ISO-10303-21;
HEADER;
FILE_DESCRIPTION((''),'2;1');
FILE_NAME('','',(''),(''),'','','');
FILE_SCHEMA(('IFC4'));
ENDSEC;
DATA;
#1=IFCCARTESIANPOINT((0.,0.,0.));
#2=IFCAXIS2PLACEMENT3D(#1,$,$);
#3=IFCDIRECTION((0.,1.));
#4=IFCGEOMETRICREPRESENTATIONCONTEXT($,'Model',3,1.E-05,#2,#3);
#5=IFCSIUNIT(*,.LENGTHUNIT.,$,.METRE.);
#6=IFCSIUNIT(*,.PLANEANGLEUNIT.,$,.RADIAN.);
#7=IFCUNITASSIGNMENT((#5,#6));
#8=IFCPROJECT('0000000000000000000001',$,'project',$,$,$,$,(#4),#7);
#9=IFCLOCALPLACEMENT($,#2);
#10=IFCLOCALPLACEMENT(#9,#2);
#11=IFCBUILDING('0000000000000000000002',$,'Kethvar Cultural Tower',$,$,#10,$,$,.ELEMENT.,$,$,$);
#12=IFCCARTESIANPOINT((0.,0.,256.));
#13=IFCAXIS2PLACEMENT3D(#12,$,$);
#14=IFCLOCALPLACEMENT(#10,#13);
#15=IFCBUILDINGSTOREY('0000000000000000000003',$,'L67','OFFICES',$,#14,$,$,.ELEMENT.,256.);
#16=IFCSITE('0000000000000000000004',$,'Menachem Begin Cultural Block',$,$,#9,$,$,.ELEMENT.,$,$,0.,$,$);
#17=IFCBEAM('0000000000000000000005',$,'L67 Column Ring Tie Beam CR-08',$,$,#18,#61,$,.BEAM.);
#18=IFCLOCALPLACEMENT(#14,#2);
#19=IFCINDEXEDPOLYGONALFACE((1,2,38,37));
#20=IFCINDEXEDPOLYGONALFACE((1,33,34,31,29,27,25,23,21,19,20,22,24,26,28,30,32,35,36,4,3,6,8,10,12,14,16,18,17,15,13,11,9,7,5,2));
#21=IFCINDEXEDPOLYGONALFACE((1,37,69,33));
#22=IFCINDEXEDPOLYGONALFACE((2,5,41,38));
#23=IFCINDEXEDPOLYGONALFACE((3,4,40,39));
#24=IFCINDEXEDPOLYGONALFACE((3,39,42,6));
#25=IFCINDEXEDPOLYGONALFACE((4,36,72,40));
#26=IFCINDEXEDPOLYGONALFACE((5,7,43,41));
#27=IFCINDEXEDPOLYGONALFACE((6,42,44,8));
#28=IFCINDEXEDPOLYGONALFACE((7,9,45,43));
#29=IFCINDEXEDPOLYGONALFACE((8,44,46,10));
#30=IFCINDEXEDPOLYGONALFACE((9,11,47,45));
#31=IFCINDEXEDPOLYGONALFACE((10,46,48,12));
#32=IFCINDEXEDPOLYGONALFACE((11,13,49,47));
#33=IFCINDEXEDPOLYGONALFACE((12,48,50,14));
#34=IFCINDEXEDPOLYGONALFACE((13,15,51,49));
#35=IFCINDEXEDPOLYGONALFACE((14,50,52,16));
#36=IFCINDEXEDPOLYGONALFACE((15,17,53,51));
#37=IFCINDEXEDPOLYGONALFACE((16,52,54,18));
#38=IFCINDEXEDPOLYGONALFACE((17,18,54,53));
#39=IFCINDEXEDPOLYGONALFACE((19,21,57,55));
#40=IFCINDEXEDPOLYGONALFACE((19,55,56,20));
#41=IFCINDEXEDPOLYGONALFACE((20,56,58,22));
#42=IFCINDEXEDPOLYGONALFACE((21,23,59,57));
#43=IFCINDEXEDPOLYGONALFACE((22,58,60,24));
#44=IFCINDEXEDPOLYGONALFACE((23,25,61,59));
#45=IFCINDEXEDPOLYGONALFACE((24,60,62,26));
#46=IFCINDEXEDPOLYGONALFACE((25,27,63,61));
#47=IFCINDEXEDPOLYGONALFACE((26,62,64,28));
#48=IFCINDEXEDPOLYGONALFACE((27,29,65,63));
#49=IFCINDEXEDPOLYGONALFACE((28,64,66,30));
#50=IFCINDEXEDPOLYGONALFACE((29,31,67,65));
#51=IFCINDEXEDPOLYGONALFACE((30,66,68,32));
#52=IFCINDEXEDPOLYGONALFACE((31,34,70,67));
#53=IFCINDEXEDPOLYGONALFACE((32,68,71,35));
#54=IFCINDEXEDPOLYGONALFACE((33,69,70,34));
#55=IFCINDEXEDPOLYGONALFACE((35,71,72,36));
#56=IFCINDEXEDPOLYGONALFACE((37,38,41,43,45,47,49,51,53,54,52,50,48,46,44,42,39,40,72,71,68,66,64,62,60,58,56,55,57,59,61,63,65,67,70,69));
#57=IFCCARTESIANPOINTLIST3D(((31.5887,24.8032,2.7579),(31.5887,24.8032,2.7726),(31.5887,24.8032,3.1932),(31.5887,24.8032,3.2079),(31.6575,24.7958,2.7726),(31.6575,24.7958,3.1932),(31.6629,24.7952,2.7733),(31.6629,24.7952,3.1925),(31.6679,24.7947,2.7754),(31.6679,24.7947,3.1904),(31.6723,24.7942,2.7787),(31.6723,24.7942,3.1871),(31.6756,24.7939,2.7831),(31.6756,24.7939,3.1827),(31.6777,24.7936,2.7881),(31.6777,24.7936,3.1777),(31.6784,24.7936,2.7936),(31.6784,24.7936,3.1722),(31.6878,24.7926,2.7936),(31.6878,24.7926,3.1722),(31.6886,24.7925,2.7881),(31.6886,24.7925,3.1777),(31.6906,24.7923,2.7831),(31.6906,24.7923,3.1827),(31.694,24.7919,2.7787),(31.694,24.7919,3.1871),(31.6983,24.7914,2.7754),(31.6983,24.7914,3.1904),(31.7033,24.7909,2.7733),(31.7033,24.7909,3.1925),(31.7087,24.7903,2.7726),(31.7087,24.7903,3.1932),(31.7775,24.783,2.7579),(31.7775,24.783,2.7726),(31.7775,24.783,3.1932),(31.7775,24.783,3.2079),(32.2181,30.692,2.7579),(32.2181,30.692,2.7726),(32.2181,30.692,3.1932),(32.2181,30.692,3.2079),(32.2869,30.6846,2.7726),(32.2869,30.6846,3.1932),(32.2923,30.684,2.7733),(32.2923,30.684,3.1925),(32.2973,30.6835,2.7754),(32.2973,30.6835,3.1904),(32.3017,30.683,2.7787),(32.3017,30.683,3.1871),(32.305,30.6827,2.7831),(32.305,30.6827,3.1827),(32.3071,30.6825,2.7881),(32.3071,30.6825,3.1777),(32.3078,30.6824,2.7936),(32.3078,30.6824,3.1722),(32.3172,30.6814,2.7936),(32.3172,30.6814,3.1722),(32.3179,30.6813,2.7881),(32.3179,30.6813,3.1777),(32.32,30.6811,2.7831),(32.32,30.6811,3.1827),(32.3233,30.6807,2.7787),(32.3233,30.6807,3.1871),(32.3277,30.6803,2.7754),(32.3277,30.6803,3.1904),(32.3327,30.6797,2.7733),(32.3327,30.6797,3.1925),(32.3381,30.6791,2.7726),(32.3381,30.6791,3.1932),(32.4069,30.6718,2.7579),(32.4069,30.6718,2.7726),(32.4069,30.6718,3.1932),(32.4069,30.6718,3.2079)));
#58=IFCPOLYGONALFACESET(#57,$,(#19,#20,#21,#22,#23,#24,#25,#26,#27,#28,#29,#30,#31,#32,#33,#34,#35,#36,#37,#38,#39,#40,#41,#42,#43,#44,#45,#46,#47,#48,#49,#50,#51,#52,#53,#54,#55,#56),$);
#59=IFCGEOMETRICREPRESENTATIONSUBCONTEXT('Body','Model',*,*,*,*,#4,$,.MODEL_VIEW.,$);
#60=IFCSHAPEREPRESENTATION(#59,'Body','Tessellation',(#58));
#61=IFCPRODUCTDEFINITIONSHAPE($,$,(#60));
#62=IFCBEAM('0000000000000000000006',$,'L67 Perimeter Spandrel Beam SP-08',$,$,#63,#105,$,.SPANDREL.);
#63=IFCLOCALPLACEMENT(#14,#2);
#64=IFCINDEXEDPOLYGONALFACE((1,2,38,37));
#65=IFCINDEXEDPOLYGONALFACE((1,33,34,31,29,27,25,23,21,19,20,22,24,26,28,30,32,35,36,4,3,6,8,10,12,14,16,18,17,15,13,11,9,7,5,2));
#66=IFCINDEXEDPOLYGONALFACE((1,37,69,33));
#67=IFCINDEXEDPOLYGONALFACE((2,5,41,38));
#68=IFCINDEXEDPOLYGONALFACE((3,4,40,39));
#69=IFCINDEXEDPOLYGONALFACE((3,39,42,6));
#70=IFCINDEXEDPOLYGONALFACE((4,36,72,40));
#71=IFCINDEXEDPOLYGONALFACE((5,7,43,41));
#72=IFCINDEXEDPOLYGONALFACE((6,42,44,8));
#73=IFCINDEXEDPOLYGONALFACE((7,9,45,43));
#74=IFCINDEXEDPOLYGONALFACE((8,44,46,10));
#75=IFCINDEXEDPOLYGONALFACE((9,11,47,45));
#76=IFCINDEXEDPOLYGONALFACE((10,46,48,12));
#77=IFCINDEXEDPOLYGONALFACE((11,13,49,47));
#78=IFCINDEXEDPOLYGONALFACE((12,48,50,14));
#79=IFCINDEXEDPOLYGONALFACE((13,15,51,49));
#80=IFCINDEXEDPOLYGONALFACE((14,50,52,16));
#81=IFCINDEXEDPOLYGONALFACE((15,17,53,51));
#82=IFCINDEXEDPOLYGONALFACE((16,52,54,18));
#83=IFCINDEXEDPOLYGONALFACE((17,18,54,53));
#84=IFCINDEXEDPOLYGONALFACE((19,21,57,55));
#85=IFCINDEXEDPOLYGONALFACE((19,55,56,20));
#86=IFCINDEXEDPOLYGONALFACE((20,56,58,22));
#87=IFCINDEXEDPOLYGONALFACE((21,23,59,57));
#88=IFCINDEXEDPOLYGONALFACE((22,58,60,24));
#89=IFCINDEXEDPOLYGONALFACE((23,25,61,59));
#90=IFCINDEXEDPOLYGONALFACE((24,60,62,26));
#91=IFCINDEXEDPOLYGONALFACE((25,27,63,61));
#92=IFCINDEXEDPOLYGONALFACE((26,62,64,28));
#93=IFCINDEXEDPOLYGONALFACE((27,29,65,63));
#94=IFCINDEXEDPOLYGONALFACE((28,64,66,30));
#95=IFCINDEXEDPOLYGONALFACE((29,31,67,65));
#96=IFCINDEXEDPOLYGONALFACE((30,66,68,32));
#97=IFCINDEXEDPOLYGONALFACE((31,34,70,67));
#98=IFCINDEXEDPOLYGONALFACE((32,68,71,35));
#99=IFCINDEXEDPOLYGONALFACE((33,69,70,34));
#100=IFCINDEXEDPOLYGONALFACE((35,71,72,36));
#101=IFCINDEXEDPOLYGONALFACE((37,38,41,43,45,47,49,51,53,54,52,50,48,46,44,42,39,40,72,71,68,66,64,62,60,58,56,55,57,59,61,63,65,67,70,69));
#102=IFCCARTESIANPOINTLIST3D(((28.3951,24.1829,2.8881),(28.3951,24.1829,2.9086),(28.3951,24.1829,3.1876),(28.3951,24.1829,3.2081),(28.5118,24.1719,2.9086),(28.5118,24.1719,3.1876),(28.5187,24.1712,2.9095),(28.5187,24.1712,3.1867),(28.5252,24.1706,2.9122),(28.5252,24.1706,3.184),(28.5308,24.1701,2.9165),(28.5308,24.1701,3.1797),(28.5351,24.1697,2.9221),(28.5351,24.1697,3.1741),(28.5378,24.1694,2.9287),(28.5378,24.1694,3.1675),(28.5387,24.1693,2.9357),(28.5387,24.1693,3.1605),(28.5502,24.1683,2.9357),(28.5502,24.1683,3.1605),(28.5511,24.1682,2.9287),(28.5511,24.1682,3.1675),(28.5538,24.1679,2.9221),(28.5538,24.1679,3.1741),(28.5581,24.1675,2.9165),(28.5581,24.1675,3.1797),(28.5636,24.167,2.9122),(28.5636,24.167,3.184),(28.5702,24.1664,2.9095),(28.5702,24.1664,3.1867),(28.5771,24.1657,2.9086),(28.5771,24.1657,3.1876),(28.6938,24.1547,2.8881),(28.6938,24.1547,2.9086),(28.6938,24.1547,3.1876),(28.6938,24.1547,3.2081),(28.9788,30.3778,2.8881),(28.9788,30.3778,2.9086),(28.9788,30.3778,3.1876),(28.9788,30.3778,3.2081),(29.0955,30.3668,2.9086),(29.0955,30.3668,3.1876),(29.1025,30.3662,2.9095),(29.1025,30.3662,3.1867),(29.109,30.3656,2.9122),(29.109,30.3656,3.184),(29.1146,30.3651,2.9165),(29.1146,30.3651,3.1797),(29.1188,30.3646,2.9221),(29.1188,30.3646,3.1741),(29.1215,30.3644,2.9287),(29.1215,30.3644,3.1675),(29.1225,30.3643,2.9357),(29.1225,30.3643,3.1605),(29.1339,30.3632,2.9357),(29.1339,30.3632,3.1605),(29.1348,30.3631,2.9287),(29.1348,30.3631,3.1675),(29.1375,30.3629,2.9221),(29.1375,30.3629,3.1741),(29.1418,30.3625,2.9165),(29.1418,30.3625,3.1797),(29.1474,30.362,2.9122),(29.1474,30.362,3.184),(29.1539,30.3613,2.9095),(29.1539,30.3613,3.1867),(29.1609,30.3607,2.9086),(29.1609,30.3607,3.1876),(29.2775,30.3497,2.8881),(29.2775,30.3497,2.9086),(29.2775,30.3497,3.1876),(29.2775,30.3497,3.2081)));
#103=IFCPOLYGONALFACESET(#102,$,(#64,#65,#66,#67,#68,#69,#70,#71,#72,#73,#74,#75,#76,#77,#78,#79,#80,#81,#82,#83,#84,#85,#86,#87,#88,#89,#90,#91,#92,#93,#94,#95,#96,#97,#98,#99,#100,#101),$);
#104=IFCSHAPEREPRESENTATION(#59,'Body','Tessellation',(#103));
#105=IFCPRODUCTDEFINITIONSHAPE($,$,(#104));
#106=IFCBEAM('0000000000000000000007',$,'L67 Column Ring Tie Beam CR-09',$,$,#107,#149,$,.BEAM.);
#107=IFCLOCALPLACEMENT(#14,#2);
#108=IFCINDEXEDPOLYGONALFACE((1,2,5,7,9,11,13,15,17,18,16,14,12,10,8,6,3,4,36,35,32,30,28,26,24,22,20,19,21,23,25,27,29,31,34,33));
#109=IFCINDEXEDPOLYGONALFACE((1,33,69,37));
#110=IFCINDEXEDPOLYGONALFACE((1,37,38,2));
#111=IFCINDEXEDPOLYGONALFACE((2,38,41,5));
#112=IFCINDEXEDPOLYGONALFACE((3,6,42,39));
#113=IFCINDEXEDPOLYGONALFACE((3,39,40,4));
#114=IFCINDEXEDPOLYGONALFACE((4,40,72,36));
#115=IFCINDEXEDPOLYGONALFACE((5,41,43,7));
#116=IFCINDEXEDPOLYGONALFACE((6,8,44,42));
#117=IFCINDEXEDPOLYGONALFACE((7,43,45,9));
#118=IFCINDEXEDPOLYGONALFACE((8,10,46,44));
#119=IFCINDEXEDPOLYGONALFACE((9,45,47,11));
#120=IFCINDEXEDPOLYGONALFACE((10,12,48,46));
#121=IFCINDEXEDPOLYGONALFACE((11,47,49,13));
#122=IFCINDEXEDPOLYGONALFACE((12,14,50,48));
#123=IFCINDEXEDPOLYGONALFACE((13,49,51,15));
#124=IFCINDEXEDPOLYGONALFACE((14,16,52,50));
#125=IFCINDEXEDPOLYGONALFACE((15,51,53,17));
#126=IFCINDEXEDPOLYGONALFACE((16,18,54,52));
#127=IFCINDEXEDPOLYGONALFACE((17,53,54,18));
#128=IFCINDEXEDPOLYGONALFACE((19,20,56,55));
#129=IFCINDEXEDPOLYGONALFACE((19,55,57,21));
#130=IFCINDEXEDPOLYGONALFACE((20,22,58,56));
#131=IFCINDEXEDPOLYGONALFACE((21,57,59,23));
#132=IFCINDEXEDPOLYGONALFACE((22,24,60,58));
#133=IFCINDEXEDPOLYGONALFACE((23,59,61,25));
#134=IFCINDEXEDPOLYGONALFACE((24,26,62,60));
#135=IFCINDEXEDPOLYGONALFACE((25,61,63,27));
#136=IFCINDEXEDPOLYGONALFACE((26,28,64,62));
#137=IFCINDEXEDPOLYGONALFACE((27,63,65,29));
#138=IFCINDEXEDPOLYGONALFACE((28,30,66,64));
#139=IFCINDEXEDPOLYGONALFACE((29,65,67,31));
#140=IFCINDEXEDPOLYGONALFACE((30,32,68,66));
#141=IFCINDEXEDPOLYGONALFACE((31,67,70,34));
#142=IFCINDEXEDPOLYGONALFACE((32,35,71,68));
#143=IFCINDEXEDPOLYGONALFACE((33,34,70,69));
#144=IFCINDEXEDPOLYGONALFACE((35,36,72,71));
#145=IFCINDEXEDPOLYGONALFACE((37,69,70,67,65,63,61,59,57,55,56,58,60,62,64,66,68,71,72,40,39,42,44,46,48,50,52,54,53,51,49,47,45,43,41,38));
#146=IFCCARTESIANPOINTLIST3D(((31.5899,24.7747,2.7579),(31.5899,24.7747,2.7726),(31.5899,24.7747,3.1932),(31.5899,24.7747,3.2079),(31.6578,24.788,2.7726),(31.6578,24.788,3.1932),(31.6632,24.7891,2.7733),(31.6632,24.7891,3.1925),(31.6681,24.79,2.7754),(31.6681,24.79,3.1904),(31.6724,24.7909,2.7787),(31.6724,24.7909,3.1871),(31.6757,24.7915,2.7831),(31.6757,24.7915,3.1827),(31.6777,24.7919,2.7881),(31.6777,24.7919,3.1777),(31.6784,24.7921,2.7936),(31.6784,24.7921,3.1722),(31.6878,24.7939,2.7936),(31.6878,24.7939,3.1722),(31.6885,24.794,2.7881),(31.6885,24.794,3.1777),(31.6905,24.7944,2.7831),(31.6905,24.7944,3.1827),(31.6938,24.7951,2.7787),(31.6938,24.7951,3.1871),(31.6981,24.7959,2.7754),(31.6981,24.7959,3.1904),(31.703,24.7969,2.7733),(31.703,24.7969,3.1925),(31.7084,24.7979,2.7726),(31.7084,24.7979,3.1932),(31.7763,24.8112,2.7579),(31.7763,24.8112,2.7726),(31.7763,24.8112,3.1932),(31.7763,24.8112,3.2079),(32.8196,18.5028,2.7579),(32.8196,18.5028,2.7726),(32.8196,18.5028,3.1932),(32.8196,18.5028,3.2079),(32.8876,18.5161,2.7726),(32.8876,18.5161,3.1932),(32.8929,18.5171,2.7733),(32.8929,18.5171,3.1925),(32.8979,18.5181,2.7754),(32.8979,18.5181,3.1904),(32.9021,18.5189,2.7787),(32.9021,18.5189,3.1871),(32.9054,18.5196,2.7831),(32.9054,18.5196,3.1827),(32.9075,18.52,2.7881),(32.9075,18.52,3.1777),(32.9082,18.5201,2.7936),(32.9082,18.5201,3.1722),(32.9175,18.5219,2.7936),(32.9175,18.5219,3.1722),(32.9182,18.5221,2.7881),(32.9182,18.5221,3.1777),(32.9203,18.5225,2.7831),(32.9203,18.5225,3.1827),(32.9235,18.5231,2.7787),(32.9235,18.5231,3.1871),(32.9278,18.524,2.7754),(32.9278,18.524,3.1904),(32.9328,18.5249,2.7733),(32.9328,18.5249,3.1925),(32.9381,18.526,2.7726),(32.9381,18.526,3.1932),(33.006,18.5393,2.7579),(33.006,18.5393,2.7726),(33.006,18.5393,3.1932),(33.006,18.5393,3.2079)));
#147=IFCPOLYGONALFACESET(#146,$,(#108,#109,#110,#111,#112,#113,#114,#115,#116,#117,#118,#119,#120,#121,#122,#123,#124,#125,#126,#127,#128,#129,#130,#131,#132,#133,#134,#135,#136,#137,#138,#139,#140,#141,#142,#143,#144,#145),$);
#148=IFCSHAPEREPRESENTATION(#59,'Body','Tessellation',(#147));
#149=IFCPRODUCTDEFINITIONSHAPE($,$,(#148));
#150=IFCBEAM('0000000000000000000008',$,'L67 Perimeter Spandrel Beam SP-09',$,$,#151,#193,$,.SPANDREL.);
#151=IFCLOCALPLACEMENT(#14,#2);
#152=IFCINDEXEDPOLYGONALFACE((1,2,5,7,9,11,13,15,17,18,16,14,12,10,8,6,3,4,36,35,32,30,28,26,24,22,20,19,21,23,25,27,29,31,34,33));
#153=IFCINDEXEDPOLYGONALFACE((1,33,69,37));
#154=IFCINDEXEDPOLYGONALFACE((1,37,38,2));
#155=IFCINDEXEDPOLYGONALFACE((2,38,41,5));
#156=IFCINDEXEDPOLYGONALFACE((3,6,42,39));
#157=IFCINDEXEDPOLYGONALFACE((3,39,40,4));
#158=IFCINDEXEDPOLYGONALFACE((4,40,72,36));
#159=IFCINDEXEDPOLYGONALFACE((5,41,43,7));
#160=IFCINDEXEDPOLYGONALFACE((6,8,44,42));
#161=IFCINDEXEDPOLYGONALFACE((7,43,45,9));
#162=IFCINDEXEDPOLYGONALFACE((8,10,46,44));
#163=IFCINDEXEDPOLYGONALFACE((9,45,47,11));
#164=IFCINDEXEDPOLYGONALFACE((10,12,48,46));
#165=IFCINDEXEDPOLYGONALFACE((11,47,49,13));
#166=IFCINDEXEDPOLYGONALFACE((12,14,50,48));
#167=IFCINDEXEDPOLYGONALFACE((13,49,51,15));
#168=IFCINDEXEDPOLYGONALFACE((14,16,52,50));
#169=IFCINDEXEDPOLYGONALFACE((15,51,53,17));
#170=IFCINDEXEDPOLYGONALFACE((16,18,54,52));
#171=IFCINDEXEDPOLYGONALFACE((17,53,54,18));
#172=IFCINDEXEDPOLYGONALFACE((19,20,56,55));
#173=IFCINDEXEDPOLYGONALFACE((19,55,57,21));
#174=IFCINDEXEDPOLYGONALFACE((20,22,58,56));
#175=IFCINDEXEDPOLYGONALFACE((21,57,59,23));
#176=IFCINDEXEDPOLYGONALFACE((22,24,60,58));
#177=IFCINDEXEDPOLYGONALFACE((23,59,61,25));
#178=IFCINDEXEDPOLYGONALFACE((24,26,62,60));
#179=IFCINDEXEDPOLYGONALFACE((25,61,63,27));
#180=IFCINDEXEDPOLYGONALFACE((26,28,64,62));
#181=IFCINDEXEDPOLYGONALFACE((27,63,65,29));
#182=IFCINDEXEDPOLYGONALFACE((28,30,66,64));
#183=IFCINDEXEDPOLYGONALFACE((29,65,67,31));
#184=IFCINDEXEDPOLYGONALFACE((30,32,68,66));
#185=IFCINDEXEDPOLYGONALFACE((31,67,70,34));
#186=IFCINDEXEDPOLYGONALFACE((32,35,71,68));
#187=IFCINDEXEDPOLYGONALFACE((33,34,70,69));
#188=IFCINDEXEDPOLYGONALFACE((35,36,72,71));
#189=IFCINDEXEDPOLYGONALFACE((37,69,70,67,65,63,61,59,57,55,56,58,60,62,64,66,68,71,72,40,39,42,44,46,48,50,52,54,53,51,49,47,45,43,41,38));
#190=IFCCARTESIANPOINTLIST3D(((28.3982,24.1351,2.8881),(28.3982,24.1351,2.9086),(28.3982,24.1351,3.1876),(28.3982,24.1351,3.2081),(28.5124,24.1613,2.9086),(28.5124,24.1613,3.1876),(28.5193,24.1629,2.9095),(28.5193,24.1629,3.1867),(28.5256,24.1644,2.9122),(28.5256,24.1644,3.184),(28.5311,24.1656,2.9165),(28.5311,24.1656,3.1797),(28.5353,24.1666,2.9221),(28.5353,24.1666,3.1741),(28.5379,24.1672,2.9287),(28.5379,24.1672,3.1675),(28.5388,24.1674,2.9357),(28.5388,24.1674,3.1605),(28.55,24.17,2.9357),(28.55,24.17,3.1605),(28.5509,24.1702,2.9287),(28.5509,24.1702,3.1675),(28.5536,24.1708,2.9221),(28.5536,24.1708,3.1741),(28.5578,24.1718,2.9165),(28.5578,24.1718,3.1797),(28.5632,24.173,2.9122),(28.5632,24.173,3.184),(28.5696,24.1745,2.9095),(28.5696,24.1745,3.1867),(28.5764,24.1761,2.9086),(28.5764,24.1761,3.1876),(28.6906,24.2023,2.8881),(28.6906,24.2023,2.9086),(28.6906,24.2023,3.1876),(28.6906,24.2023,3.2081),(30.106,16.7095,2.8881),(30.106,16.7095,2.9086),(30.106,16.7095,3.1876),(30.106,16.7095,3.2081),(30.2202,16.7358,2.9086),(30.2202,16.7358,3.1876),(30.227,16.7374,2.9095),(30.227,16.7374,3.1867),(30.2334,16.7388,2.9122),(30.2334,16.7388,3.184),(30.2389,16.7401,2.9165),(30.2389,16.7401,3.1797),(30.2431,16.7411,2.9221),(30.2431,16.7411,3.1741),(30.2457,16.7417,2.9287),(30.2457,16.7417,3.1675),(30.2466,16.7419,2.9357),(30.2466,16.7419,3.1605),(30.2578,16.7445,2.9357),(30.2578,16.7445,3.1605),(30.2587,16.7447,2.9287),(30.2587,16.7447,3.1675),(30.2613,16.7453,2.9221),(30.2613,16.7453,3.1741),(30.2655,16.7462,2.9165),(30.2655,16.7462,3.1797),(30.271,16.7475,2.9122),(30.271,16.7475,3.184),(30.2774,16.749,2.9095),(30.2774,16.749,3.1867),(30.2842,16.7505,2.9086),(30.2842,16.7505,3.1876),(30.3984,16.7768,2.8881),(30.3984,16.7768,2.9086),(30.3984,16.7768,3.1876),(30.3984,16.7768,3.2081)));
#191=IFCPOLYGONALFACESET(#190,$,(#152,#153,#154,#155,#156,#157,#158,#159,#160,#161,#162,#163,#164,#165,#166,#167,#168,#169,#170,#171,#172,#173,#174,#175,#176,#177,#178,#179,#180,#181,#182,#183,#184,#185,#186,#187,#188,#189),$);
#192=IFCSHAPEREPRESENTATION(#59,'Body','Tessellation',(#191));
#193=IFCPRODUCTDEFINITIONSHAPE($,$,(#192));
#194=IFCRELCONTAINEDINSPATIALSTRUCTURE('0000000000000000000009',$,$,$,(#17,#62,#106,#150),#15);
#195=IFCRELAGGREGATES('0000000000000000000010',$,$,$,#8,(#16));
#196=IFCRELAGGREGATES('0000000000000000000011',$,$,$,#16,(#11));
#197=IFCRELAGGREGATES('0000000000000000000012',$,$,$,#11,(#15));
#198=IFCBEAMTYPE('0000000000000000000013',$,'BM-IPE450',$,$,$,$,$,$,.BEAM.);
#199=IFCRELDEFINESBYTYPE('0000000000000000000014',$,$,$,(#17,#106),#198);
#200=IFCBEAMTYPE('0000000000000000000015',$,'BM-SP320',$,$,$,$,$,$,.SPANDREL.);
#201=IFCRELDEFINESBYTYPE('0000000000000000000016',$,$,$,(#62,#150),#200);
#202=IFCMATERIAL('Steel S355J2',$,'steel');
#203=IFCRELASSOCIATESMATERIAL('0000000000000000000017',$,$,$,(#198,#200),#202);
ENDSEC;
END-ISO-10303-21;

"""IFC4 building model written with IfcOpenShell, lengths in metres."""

from ifc_helpers import new_model, si_unit, direction, frame, origin, origin_2d, place, context, subcontext, project, spatial, i_section, extrude, source, transform, mapped, material, material_profile, profile_set, type_object, element, save


model = new_model("IFC4")

# Units and contexts
model_context = context("Model", 3, precision=1e-05, world=origin(), true_north=direction((0.0, 1.0)))
body_context = subcontext(model_context, "Body", "Model", "MODEL_VIEW")
ifc_project = project(units=[si_unit("LENGTHUNIT", "METRE"), si_unit("PLANEANGLEUNIT", "RADIAN")], contexts=[model_context])

# Site, building, storey
site_placement = place(None, origin())
site = spatial("IfcSite", under=ifc_project, at=site_placement, Name="Menachem Begin Cultural Block", CompositionType="ELEMENT", RefElevation=0.0)
building_placement = place(site_placement, origin())
building = spatial("IfcBuilding", under=site, at=building_placement, Name="Kethvar Cultural Tower", CompositionType="ELEMENT")
storey_placement = place(building_placement, frame((0.0, 0.0, 256.0)))
storey = spatial("IfcBuildingStorey", under=building, at=storey_placement, Name="L67", Description="OFFICES", CompositionType="ELEMENT", Elevation=256.0)

# Beams
ifc_material_1 = material(Name="Steel S355J2", Category="steel")
ifc_material_profile_1 = material_profile(ifc_material_1, i_section(OverallWidth=0.1899, OverallDepth=0.45, WebThickness=0.0095, FlangeThickness=0.0146, FilletRadius=0.021, at=origin_2d()), Name="Steel S355J2 — IPE450")
ifc_profile_set_1 = profile_set([ifc_material_profile_1], Name="Steel S355J2 — IPE450")
beam_type_1 = type_object("IfcBeamType", Name="BM-IPE450", PredefinedType="BEAM", material=ifc_profile_set_1)
shared_shape_1 = source(origin(), body_context, "Body", "SweptSolid", [
    extrude(i_section(OverallWidth=0.1899, OverallDepth=0.45, WebThickness=0.0095, FlangeThickness=0.0146, FilletRadius=0.021, at=origin_2d()), origin(), (0.0, 0.0, 1.0), 5.9224),
])
beam_1_placement = place(storey_placement, frame((32.3125, 30.6819, 2.9829), z_axis=(-0.106273, -0.994337, 0.0), x_axis=(0.994337, -0.106273, 0.0)))
element("IfcBeam", 1, at=beam_1_placement, inside=storey, type_object=beam_type_1, Name="L67 Column Ring Tie Beam CR-08", PredefinedType="BEAM", context=body_context, shape_type="MappedRepresentation", body=[
    mapped(shared_shape_1, transform((0.0, 0.0, 0.0), scale=1.0)),
])
ifc_material_profile_2 = material_profile(ifc_material_1, i_section(OverallWidth=0.3, OverallDepth=0.3201, WebThickness=0.0115, FlangeThickness=0.0205, FilletRadius=0.0271, at=origin_2d()), Name="Steel S355J2 — HEB320")
ifc_profile_set_2 = profile_set([ifc_material_profile_2], Name="Steel S355J2 — HEB320")
beam_type_2 = type_object("IfcBeamType", Name="BM-SP320", PredefinedType="SPANDREL", material=ifc_profile_set_2)
shared_shape_2 = source(origin(), body_context, "Body", "SweptSolid", [
    extrude(i_section(OverallWidth=0.3, OverallDepth=0.3201, WebThickness=0.0115, FlangeThickness=0.0205, FilletRadius=0.0271, at=origin_2d()), origin(), (0.0, 0.0, 1.0), 6.2224),
])
beam_2_placement = place(storey_placement, frame((29.1282, 30.3638, 3.0481), z_axis=(-0.093811, -0.99559, 0.0), x_axis=(0.99559, -0.093811, 0.0)))
element("IfcBeam", 2, at=beam_2_placement, inside=storey, type_object=beam_type_2, Name="L67 Perimeter Spandrel Beam SP-08", PredefinedType="SPANDREL", context=body_context, shape_type="MappedRepresentation", body=[
    mapped(shared_shape_2, transform((0.0, 0.0, 0.0), scale=1.0)),
])
shared_shape_3 = source(origin(), body_context, "Body", "SweptSolid", [
    extrude(i_section(OverallWidth=0.1899, OverallDepth=0.45, WebThickness=0.0095, FlangeThickness=0.0146, FilletRadius=0.021, at=origin_2d()), origin(), (0.0, 0.0, 1.0), 6.3914),
])
beam_3_placement = place(storey_placement, frame((31.6831, 24.793, 2.9829), z_axis=(0.192405, -0.981316, 0.0), x_axis=(0.981316, 0.192405, 0.0)))
element("IfcBeam", 3, at=beam_3_placement, inside=storey, type_object=beam_type_1, Name="L67 Column Ring Tie Beam CR-09", PredefinedType="BEAM", context=body_context, shape_type="MappedRepresentation", body=[
    mapped(shared_shape_3, transform((0.0, 0.0, 0.0), scale=1.0)),
])
shared_shape_4 = source(origin(), body_context, "Body", "SweptSolid", [
    extrude(i_section(OverallWidth=0.3, OverallDepth=0.3201, WebThickness=0.0115, FlangeThickness=0.0205, FilletRadius=0.0271, at=origin_2d()), origin(), (0.0, 0.0, 1.0), 7.6194),
])
beam_4_placement = place(storey_placement, frame((28.5444, 24.1687, 3.0481), z_axis=(0.224134, -0.974558, 0.0), x_axis=(0.974558, 0.224134, 0.0)))
element("IfcBeam", 4, at=beam_4_placement, inside=storey, type_object=beam_type_2, Name="L67 Perimeter Spandrel Beam SP-09", PredefinedType="SPANDREL", context=body_context, shape_type="MappedRepresentation", body=[
    mapped(shared_shape_4, transform((0.0, 0.0, 0.0), scale=1.0)),
])

save(model, "model.ifc")
